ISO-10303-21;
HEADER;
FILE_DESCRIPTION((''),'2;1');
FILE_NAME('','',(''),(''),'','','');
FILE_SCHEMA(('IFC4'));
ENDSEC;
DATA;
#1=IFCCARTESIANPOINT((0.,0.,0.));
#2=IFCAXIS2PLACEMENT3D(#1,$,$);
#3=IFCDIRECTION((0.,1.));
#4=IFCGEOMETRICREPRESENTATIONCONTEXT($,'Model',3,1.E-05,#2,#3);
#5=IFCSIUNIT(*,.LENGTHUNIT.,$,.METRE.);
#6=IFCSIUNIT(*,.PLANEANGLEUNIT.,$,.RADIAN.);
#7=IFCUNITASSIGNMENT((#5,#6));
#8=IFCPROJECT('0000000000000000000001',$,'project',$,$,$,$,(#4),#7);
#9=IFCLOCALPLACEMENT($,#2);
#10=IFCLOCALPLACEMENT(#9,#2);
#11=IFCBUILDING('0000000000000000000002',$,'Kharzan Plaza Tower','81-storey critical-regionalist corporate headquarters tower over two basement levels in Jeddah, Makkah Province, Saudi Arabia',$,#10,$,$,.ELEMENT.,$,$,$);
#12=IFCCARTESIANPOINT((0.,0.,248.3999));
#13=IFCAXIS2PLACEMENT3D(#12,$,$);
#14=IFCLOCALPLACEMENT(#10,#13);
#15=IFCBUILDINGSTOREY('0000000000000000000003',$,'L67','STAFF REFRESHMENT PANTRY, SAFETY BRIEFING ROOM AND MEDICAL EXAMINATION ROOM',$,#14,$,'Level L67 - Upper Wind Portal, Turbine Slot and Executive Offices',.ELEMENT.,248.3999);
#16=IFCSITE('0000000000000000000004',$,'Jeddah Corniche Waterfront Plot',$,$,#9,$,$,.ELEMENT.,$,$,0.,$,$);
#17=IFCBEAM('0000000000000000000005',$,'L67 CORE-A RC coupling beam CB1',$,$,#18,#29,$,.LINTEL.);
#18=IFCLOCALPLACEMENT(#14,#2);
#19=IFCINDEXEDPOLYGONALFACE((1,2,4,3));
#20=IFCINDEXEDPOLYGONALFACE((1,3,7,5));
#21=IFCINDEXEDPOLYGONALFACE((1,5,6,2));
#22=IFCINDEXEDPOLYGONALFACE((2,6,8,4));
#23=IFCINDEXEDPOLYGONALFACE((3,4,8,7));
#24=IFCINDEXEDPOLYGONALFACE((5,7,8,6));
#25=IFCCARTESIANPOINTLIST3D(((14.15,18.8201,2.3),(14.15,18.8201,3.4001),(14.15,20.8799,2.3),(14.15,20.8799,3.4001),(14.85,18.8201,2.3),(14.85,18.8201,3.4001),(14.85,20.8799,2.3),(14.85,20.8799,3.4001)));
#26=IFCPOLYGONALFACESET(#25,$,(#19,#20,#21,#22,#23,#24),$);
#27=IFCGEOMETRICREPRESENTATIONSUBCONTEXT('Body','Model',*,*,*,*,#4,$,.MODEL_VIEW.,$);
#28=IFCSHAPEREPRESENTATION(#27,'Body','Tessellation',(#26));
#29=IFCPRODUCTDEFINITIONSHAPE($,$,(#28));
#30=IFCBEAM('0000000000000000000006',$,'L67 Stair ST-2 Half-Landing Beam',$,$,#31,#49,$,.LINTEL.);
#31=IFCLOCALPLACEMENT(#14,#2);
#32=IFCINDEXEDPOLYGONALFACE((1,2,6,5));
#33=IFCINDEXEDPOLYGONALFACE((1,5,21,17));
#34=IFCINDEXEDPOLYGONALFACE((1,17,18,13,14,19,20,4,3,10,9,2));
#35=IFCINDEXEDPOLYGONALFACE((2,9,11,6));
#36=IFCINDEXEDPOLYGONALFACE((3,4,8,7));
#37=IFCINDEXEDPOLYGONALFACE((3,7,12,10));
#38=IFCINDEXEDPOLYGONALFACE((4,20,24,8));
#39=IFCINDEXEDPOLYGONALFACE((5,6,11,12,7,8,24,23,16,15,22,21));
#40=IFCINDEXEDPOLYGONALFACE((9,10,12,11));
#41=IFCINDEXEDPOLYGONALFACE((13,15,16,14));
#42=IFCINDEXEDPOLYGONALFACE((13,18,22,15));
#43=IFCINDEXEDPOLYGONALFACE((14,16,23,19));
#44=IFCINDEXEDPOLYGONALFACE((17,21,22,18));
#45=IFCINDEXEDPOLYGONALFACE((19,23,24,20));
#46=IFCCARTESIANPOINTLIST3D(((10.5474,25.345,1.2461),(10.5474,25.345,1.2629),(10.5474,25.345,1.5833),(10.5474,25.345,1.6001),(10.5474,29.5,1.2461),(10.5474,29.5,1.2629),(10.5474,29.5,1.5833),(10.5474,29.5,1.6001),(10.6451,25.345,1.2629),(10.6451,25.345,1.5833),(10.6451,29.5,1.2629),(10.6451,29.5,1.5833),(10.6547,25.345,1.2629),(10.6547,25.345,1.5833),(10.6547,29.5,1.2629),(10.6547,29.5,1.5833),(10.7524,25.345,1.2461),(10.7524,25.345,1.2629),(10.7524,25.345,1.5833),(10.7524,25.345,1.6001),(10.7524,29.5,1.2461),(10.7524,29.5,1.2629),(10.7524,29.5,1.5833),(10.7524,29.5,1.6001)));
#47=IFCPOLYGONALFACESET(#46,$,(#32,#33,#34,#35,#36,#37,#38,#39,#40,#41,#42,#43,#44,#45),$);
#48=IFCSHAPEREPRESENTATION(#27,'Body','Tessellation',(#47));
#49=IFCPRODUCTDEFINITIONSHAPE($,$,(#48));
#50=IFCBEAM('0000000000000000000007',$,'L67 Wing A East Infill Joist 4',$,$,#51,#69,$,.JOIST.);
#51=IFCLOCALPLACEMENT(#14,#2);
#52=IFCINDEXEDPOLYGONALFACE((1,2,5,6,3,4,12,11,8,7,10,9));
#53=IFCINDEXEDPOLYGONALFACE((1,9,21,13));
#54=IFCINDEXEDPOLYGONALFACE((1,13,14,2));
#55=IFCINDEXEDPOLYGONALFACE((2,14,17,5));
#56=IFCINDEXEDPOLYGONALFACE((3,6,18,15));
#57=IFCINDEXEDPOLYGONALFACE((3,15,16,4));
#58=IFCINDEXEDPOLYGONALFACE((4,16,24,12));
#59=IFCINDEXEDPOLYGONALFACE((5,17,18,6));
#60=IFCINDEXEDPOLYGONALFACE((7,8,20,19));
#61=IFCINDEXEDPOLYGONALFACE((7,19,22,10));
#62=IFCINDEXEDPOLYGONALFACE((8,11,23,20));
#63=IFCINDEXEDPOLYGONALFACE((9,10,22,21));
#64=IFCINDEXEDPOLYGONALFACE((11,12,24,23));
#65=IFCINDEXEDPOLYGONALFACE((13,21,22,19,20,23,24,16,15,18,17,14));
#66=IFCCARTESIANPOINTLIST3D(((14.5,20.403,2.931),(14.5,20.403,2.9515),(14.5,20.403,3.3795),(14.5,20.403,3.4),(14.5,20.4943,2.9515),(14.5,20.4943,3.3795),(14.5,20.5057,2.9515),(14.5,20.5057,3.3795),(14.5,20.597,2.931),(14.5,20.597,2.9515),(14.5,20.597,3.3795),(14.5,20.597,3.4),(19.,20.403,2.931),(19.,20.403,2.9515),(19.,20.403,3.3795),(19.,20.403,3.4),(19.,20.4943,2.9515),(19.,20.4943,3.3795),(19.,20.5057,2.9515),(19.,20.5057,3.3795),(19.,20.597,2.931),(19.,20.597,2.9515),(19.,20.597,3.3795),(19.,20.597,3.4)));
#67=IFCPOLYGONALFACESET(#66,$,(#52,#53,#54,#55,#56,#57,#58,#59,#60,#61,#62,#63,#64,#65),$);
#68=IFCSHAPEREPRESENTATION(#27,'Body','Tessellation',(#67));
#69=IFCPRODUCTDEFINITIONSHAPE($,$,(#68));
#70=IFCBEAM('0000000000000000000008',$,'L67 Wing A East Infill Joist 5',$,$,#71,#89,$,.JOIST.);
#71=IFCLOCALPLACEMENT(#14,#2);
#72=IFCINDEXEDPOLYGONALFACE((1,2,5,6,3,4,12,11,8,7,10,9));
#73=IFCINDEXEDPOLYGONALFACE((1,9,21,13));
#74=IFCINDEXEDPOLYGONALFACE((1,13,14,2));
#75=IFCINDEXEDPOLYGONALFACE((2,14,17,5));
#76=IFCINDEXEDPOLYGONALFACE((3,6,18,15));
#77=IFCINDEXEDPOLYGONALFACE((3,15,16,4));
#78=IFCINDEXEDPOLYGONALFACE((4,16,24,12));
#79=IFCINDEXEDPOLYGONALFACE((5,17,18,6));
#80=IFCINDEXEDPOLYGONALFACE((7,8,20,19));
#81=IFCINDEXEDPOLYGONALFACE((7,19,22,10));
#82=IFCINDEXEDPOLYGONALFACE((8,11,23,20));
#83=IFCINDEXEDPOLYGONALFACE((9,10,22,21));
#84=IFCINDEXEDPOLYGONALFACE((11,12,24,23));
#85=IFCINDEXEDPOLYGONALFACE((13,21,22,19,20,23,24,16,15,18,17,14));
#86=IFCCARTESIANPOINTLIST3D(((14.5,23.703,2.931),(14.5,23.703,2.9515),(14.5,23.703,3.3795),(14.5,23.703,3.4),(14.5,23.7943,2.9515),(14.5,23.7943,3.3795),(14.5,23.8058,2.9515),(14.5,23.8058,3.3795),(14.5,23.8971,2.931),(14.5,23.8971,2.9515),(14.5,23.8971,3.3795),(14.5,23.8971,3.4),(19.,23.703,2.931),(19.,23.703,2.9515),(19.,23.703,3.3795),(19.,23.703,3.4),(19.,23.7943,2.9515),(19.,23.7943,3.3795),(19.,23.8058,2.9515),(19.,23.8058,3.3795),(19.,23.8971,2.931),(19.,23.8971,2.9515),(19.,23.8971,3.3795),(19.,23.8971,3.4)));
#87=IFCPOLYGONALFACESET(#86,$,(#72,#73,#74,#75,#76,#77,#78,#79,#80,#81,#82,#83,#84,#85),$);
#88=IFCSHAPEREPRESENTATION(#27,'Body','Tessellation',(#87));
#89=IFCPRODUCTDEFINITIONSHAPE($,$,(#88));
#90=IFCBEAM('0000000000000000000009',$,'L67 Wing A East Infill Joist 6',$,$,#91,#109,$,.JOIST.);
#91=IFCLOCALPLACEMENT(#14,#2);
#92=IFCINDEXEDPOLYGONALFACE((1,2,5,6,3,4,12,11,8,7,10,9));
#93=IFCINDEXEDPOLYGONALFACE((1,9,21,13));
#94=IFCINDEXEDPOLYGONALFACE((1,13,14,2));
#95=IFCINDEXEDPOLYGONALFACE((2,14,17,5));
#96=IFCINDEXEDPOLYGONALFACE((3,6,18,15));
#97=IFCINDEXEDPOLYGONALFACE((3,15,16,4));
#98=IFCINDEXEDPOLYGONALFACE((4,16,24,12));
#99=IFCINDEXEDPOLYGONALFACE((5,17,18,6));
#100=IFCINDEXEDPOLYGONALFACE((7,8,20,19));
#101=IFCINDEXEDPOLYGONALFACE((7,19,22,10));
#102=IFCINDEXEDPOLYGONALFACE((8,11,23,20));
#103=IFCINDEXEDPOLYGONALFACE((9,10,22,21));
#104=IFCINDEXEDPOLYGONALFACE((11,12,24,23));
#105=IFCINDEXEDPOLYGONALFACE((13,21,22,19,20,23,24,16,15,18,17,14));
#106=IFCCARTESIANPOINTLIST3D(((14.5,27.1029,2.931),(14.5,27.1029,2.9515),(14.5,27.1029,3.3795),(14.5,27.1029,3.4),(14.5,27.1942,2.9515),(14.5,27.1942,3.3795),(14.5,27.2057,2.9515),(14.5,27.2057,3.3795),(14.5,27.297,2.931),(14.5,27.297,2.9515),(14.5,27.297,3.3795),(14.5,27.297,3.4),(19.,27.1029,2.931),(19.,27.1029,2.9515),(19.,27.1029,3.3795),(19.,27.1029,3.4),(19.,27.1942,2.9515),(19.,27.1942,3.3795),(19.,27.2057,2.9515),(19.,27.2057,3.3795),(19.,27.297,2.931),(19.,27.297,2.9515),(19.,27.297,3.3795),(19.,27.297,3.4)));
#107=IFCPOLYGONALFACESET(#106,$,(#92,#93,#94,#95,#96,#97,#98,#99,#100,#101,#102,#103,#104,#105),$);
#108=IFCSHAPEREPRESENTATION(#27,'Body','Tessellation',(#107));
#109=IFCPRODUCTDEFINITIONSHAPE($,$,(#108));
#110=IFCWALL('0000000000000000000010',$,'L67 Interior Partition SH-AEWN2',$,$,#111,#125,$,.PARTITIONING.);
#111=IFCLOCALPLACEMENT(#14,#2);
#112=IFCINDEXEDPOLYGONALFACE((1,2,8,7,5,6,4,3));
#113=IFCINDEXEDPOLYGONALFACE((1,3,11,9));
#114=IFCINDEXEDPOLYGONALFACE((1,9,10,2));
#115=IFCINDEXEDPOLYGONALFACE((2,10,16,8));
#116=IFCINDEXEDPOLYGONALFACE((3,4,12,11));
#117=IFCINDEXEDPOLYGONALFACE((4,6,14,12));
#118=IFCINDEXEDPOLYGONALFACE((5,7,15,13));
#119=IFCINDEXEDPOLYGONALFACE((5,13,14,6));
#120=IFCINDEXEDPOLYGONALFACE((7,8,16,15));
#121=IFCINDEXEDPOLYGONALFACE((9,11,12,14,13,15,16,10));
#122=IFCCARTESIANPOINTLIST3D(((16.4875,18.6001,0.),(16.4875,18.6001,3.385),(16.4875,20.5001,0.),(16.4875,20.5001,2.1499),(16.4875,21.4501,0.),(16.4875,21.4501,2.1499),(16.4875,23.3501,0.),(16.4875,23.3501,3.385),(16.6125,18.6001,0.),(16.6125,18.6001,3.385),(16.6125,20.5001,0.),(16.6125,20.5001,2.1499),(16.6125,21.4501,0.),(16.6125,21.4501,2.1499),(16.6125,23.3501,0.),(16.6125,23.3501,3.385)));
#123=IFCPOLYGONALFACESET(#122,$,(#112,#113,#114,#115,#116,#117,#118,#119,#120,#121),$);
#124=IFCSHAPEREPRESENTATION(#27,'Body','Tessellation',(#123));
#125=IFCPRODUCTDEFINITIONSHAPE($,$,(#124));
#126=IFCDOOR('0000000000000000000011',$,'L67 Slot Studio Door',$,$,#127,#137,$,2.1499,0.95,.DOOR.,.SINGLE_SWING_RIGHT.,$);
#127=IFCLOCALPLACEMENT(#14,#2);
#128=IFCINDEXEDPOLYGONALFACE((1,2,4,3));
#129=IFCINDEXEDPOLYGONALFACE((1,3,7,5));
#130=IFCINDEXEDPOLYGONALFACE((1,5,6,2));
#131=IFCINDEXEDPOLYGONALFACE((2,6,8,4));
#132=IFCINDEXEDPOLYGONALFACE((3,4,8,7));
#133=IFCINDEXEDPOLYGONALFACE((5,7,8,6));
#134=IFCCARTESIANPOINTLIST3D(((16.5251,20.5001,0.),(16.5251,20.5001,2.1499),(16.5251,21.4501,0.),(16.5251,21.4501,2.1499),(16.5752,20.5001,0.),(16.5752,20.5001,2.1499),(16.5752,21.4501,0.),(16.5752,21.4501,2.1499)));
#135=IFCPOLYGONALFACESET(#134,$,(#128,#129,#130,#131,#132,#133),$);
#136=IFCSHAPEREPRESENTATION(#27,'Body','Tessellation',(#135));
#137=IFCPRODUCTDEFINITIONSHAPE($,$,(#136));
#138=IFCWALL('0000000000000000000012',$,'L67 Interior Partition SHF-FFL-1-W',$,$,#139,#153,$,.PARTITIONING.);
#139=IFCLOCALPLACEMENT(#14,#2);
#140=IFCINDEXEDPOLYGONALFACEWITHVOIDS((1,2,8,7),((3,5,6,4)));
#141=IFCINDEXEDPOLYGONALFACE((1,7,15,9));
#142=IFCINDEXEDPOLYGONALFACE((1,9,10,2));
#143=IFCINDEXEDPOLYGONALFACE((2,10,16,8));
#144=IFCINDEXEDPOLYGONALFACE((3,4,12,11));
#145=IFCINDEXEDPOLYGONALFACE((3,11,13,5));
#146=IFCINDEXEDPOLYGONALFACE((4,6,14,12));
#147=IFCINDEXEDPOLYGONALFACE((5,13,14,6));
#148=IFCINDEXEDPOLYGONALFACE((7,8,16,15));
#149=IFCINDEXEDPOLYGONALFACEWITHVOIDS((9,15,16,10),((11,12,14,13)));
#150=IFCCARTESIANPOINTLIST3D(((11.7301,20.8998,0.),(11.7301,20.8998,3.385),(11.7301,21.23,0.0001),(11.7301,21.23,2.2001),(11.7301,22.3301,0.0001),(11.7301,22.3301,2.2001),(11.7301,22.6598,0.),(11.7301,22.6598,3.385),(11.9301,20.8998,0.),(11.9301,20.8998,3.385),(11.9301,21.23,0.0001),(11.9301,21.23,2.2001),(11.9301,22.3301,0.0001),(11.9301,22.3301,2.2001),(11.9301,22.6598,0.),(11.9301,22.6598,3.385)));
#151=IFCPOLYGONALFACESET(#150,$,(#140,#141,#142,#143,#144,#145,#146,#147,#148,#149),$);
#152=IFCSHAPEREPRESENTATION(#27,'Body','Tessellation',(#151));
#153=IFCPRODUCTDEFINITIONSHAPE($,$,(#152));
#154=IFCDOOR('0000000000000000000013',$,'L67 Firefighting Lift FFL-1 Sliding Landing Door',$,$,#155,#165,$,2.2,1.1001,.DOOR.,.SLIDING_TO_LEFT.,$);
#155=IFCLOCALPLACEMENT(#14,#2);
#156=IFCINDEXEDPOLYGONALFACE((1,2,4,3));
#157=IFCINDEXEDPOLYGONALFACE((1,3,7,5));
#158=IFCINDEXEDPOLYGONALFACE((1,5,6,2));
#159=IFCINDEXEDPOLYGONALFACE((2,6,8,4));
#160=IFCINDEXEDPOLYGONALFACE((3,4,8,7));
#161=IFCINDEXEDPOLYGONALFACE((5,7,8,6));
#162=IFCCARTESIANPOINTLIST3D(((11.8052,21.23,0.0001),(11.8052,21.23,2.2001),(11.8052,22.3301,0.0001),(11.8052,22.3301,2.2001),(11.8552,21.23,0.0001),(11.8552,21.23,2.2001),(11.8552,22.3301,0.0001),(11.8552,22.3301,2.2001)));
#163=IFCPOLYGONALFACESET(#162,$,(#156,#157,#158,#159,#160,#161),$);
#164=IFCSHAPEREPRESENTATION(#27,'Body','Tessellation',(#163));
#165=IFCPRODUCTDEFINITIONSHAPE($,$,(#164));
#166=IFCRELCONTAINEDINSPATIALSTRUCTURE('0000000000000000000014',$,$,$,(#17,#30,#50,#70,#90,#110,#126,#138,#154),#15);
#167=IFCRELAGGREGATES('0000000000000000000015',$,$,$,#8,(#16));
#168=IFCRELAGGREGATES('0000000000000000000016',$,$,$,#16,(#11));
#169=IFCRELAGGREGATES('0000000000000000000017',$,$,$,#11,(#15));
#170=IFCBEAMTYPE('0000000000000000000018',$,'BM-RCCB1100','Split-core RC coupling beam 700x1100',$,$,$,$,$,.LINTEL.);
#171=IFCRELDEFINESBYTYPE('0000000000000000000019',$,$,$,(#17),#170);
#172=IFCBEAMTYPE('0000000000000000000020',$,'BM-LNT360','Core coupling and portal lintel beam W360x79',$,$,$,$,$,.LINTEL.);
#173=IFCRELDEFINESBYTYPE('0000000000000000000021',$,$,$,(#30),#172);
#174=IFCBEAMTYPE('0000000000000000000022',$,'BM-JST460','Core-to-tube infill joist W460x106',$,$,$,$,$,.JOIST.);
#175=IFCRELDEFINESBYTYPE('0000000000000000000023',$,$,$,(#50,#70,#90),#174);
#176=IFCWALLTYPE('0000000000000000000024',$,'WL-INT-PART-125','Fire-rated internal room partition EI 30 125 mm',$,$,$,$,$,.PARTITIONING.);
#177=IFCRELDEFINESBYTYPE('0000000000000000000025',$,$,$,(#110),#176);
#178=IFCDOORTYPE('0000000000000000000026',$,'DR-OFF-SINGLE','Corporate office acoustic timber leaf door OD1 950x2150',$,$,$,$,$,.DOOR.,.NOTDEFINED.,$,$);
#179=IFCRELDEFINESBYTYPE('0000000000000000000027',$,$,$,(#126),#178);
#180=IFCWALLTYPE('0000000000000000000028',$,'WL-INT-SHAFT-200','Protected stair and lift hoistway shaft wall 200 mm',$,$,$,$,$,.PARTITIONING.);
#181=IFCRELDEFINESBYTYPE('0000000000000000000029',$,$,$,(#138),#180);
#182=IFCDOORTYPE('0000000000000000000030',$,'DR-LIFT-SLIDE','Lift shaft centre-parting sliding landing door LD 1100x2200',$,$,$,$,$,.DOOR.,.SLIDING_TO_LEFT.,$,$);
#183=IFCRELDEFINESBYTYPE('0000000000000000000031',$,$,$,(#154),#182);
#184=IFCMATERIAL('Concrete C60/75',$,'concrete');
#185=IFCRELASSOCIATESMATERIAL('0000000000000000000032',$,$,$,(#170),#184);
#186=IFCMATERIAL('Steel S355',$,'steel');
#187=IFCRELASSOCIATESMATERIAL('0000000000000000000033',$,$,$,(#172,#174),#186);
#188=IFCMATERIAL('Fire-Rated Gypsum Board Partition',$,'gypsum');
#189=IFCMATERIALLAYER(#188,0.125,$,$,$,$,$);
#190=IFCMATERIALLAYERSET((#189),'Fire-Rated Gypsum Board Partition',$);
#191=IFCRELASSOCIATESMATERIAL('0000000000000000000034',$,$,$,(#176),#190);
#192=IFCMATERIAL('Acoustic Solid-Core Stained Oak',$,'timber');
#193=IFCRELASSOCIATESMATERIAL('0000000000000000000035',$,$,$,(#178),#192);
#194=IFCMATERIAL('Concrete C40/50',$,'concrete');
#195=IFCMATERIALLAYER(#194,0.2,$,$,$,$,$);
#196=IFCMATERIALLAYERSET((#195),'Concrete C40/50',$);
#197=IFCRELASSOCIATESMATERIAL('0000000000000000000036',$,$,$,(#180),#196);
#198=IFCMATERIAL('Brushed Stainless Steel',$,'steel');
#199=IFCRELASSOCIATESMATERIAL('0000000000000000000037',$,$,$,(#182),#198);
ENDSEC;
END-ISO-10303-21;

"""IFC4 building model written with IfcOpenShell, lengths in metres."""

from ifc_helpers import new_model, si_unit, direction, frame, frame_2d, origin, origin_2d, place, context, subcontext, project, spatial, rectangle, i_section, extrude, source, transform, mapped, material, layer, layer_set, material_profile, profile_set, type_object, element, fill, save


model = new_model("IFC4")

# Units and contexts
model_context = context("Model", 3, precision=1e-05, world=origin(), true_north=direction((0.0, 1.0)))
body_context = subcontext(model_context, "Body", "Model", "MODEL_VIEW")
ifc_project = project(units=[si_unit("LENGTHUNIT", "METRE"), si_unit("PLANEANGLEUNIT", "RADIAN")], contexts=[model_context])

# Site, building, storey
site_placement = place(None, origin())
site = spatial("IfcSite", under=ifc_project, at=site_placement, Name="Jeddah Corniche Waterfront Plot", CompositionType="ELEMENT", RefElevation=0.0)
building_placement = place(site_placement, origin())
building = spatial("IfcBuilding", under=site, at=building_placement, Name="Kharzan Plaza Tower", Description="81-storey critical-regionalist corporate headquarters tower over two basement levels in Jeddah, Makkah Province, Saudi Arabia", CompositionType="ELEMENT")
storey_placement = place(building_placement, frame((0.0, 0.0, 248.3999)))
storey = spatial("IfcBuildingStorey", under=building, at=storey_placement, Name="L67", Description="STAFF REFRESHMENT PANTRY, SAFETY BRIEFING ROOM AND MEDICAL EXAMINATION ROOM", LongName="Level L67 - Upper Wind Portal, Turbine Slot and Executive Offices", CompositionType="ELEMENT", Elevation=248.3999)

# Beams
ifc_material_1 = material(Name="Concrete C60/75", Category="concrete")
ifc_material_profile_1 = material_profile(ifc_material_1, rectangle(XDim=0.7, YDim=1.1001, at=origin_2d()), Name="RC-CB1100x700")
ifc_profile_set_1 = profile_set([ifc_material_profile_1], Name="Concrete C60/75")
beam_type_1 = type_object("IfcBeamType", Name="BM-RCCB1100", Description="Split-core RC coupling beam 700x1100", PredefinedType="LINTEL", material=ifc_profile_set_1)
shared_shape_1 = source(origin(), body_context, "Body", "SweptSolid", [
    extrude(rectangle(XDim=0.7, YDim=1.1001, at=origin_2d()), origin(), (0.0, 0.0, 1.0), 2.0598),
])
beam_1_placement = place(storey_placement, frame((14.5, 18.8201, 2.8501), z_axis=(0.0, 1.0, 0.0), x_axis=(-1.0, 0.0, 0.0)))
element("IfcBeam", 1, at=beam_1_placement, inside=storey, type_object=beam_type_1, Name="L67 CORE-A RC coupling beam CB1", PredefinedType="LINTEL", context=body_context, shape_type="MappedRepresentation", body=[
    mapped(shared_shape_1, transform((0.0, 0.0, 0.0), x_axis=(1.0, 0.0, 0.0), y_axis=(0.0, 1.0, 0.0), z_axis=(0.0, 0.0, 1.0))),
])
ifc_material_2 = material(Name="Steel S355", Category="steel")
ifc_material_profile_2 = material_profile(ifc_material_2, i_section(OverallWidth=0.2051, OverallDepth=0.354, WebThickness=0.0095, FlangeThickness=0.0168, at=origin_2d()), Name="W360x79")
ifc_profile_set_2 = profile_set([ifc_material_profile_2], Name="Steel S355")
beam_type_2 = type_object("IfcBeamType", Name="BM-LNT360", Description="Core coupling and portal lintel beam W360x79", PredefinedType="LINTEL", material=ifc_profile_set_2)
shared_shape_2 = source(origin(), body_context, "Body", "SweptSolid", [
    extrude(i_section(OverallWidth=0.2051, OverallDepth=0.354, WebThickness=0.0095, FlangeThickness=0.0168, at=origin_2d()), origin(), (0.0, 0.0, 1.0), 4.155),
])
beam_2_placement = place(storey_placement, frame((10.6499, 25.345, 1.4231), z_axis=(0.0, 1.0, 0.0), x_axis=(-1.0, 0.0, 0.0)))
element("IfcBeam", 2, at=beam_2_placement, inside=storey, type_object=beam_type_2, Name="L67 Stair ST-2 Half-Landing Beam", PredefinedType="LINTEL", context=body_context, shape_type="MappedRepresentation", body=[
    mapped(shared_shape_2, transform((0.0, 0.0, 0.0), x_axis=(1.0, 0.0, 0.0), y_axis=(0.0, 1.0, 0.0), z_axis=(0.0, 0.0, 1.0))),
])
ifc_material_profile_3 = material_profile(ifc_material_2, i_section(OverallWidth=0.1941, OverallDepth=0.469, WebThickness=0.0115, FlangeThickness=0.0205, at=origin_2d()), Name="W460x106")
ifc_profile_set_3 = profile_set([ifc_material_profile_3], Name="Steel S355")
beam_type_3 = type_object("IfcBeamType", Name="BM-JST460", Description="Core-to-tube infill joist W460x106", PredefinedType="JOIST", material=ifc_profile_set_3)
shared_shape_3 = source(origin(), body_context, "Body", "SweptSolid", [
    extrude(i_section(OverallWidth=0.1941, OverallDepth=0.469, WebThickness=0.0115, FlangeThickness=0.0205, at=origin_2d()), origin(), (0.0, 0.0, 1.0), 4.5),
])
for number, where, z_axis, x_axis, name in (
    (3, (14.5, 20.5, 3.1655), (1.0, 0.0, 0.0), (0.0, 1.0, 0.0), "L67 Wing A East Infill Joist 4"),
    (4, (14.5, 23.8, 3.1655), (1.0, 0.0, 0.0), (0.0, 1.0, 0.0), "L67 Wing A East Infill Joist 5"),
    (5, (14.5, 27.2, 3.1655), (1.0, 0.0, 0.0), (0.0, 1.0, 0.0), "L67 Wing A East Infill Joist 6"),
):
    element("IfcBeam", number, at=place(storey_placement, frame(where, z_axis=z_axis, x_axis=x_axis)), inside=storey, type_object=beam_type_3, Name=name, PredefinedType="JOIST", context=body_context, shape_type="MappedRepresentation", body=[
        mapped(shared_shape_3, transform((0.0, 0.0, 0.0), x_axis=(1.0, 0.0, 0.0), y_axis=(0.0, 1.0, 0.0), z_axis=(0.0, 0.0, 1.0))),
    ])

# Walls, openings, doors
ifc_material_3 = material(Name="Fire-Rated Gypsum Board Partition", Category="gypsum")
ifc_layer_1 = layer(ifc_material_3, 0.125)
ifc_layer_set_1 = layer_set([ifc_layer_1], Name="Fire-Rated Gypsum Board Partition")
wall_type_1 = type_object("IfcWallType", Name="WL-INT-PART-125", Description="Fire-rated internal room partition EI 30 125 mm", PredefinedType="PARTITIONING", material=ifc_layer_set_1)
wall_1_placement = place(storey_placement, frame((16.55, 18.6001, 0.0), z_axis=(0.0, 0.0, 1.0), x_axis=(0.0, 1.0, 0.0)))
wall_1 = element("IfcWall", 6, at=wall_1_placement, inside=storey, type_object=wall_type_1, Name="L67 Interior Partition SH-AEWN2", PredefinedType="PARTITIONING", context=body_context, shape_type="SweptSolid", body=[
    extrude(rectangle(XDim=4.75, YDim=0.125, at=frame_2d((2.375, 0.0))), origin(), (0.0, 0.0, 1.0), 3.385),
])
opening_1_placement = place(wall_1_placement, frame((1.8999, 0.0, 0.0)))
opening_1 = element("IfcOpeningElement", 7, at=opening_1_placement, cuts=wall_1, PredefinedType="OPENING", context=body_context, shape_type="SweptSolid", body=[
    extrude(rectangle(XDim=0.95, YDim=2.1499, at=frame_2d((0.4751, 1.075))), frame((0.0, 0.0725, 0.0), z_axis=(0.0, -1.0, 0.0), x_axis=(1.0, 0.0, 0.0)), (0.0, 0.0, 1.0), 0.145),
])
ifc_material_4 = material(Name="Acoustic Solid-Core Stained Oak", Category="timber")
door_type_1 = type_object("IfcDoorType", Name="DR-OFF-SINGLE", Description="Corporate office acoustic timber leaf door OD1 950x2150", OperationType="NOTDEFINED", PredefinedType="DOOR", material=ifc_material_4)
shared_shape_4 = source(origin(), body_context, "Body", "SweptSolid", [
    extrude(rectangle(XDim=0.95, YDim=2.1499, at=frame_2d((0.4751, 1.075))), frame((0.0, 0.0249, 0.0), z_axis=(0.0, -1.0, 0.0), x_axis=(1.0, 0.0, 0.0)), (0.0, 0.0, 1.0), 0.05),
])
door_1_placement = place(opening_1_placement, origin())
door_1 = element("IfcDoor", 8, at=door_1_placement, inside=storey, type_object=door_type_1, Name="L67 Slot Studio Door", OperationType="SINGLE_SWING_RIGHT", OverallHeight=2.1499, OverallWidth=0.95, PredefinedType="DOOR", context=body_context, shape_type="MappedRepresentation", body=[
    mapped(shared_shape_4, transform((0.0, 0.0, 0.0), x_axis=(1.0, 0.0, 0.0), y_axis=(0.0, 1.0, 0.0), z_axis=(0.0, 0.0, 1.0))),
])
fill(opening_1, door_1)
ifc_material_5 = material(Name="Concrete C40/50", Category="concrete")
ifc_layer_2 = layer(ifc_material_5, 0.2)
ifc_layer_set_2 = layer_set([ifc_layer_2], Name="Concrete C40/50")
wall_type_2 = type_object("IfcWallType", Name="WL-INT-SHAFT-200", Description="Protected stair and lift hoistway shaft wall 200 mm", PredefinedType="PARTITIONING", material=ifc_layer_set_2)
wall_2_placement = place(storey_placement, frame((11.8301, 20.8999, 0.0), z_axis=(0.0, 0.0, 1.0), x_axis=(0.0, 1.0, 0.0)))
wall_2 = element("IfcWall", 9, at=wall_2_placement, inside=storey, type_object=wall_type_2, Name="L67 Interior Partition SHF-FFL-1-W", PredefinedType="PARTITIONING", context=body_context, shape_type="SweptSolid", body=[
    extrude(rectangle(XDim=1.76, YDim=0.2, at=frame_2d((0.8799, 0.0))), origin(), (0.0, 0.0, 1.0), 3.385),
])
opening_2_placement = place(wall_2_placement, frame((0.3301, 0.0, 0.0)))
opening_2 = element("IfcOpeningElement", 10, at=opening_2_placement, cuts=wall_2, PredefinedType="OPENING", context=body_context, shape_type="SweptSolid", body=[
    extrude(rectangle(XDim=1.1001, YDim=2.2, at=frame_2d((0.55, 1.1001))), frame((0.0, 0.1099, 0.0), z_axis=(0.0, -1.0, 0.0), x_axis=(1.0, 0.0, 0.0)), (0.0, 0.0, 1.0), 0.22),
])
ifc_material_6 = material(Name="Brushed Stainless Steel", Category="steel")
door_type_2 = type_object("IfcDoorType", Name="DR-LIFT-SLIDE", Description="Lift shaft centre-parting sliding landing door LD 1100x2200", OperationType="SLIDING_TO_LEFT", PredefinedType="DOOR", material=ifc_material_6)
shared_shape_5 = source(origin(), body_context, "Body", "SweptSolid", [
    extrude(rectangle(XDim=1.1001, YDim=2.2, at=frame_2d((0.55, 1.1001))), frame((0.0, 0.0249, 0.0), z_axis=(0.0, -1.0, 0.0), x_axis=(1.0, 0.0, 0.0)), (0.0, 0.0, 1.0), 0.05),
])
door_2_placement = place(opening_2_placement, origin())
door_2 = element("IfcDoor", 11, at=door_2_placement, inside=storey, type_object=door_type_2, Name="L67 Firefighting Lift FFL-1 Sliding Landing Door", OperationType="SLIDING_TO_LEFT", OverallHeight=2.2, OverallWidth=1.1001, PredefinedType="DOOR", context=body_context, shape_type="MappedRepresentation", body=[
    mapped(shared_shape_5, transform((0.0, 0.0, 0.0), x_axis=(1.0, 0.0, 0.0), y_axis=(0.0, 1.0, 0.0), z_axis=(0.0, 0.0, 1.0))),
])
fill(opening_2, door_2)

save(model, "model.ifc")
